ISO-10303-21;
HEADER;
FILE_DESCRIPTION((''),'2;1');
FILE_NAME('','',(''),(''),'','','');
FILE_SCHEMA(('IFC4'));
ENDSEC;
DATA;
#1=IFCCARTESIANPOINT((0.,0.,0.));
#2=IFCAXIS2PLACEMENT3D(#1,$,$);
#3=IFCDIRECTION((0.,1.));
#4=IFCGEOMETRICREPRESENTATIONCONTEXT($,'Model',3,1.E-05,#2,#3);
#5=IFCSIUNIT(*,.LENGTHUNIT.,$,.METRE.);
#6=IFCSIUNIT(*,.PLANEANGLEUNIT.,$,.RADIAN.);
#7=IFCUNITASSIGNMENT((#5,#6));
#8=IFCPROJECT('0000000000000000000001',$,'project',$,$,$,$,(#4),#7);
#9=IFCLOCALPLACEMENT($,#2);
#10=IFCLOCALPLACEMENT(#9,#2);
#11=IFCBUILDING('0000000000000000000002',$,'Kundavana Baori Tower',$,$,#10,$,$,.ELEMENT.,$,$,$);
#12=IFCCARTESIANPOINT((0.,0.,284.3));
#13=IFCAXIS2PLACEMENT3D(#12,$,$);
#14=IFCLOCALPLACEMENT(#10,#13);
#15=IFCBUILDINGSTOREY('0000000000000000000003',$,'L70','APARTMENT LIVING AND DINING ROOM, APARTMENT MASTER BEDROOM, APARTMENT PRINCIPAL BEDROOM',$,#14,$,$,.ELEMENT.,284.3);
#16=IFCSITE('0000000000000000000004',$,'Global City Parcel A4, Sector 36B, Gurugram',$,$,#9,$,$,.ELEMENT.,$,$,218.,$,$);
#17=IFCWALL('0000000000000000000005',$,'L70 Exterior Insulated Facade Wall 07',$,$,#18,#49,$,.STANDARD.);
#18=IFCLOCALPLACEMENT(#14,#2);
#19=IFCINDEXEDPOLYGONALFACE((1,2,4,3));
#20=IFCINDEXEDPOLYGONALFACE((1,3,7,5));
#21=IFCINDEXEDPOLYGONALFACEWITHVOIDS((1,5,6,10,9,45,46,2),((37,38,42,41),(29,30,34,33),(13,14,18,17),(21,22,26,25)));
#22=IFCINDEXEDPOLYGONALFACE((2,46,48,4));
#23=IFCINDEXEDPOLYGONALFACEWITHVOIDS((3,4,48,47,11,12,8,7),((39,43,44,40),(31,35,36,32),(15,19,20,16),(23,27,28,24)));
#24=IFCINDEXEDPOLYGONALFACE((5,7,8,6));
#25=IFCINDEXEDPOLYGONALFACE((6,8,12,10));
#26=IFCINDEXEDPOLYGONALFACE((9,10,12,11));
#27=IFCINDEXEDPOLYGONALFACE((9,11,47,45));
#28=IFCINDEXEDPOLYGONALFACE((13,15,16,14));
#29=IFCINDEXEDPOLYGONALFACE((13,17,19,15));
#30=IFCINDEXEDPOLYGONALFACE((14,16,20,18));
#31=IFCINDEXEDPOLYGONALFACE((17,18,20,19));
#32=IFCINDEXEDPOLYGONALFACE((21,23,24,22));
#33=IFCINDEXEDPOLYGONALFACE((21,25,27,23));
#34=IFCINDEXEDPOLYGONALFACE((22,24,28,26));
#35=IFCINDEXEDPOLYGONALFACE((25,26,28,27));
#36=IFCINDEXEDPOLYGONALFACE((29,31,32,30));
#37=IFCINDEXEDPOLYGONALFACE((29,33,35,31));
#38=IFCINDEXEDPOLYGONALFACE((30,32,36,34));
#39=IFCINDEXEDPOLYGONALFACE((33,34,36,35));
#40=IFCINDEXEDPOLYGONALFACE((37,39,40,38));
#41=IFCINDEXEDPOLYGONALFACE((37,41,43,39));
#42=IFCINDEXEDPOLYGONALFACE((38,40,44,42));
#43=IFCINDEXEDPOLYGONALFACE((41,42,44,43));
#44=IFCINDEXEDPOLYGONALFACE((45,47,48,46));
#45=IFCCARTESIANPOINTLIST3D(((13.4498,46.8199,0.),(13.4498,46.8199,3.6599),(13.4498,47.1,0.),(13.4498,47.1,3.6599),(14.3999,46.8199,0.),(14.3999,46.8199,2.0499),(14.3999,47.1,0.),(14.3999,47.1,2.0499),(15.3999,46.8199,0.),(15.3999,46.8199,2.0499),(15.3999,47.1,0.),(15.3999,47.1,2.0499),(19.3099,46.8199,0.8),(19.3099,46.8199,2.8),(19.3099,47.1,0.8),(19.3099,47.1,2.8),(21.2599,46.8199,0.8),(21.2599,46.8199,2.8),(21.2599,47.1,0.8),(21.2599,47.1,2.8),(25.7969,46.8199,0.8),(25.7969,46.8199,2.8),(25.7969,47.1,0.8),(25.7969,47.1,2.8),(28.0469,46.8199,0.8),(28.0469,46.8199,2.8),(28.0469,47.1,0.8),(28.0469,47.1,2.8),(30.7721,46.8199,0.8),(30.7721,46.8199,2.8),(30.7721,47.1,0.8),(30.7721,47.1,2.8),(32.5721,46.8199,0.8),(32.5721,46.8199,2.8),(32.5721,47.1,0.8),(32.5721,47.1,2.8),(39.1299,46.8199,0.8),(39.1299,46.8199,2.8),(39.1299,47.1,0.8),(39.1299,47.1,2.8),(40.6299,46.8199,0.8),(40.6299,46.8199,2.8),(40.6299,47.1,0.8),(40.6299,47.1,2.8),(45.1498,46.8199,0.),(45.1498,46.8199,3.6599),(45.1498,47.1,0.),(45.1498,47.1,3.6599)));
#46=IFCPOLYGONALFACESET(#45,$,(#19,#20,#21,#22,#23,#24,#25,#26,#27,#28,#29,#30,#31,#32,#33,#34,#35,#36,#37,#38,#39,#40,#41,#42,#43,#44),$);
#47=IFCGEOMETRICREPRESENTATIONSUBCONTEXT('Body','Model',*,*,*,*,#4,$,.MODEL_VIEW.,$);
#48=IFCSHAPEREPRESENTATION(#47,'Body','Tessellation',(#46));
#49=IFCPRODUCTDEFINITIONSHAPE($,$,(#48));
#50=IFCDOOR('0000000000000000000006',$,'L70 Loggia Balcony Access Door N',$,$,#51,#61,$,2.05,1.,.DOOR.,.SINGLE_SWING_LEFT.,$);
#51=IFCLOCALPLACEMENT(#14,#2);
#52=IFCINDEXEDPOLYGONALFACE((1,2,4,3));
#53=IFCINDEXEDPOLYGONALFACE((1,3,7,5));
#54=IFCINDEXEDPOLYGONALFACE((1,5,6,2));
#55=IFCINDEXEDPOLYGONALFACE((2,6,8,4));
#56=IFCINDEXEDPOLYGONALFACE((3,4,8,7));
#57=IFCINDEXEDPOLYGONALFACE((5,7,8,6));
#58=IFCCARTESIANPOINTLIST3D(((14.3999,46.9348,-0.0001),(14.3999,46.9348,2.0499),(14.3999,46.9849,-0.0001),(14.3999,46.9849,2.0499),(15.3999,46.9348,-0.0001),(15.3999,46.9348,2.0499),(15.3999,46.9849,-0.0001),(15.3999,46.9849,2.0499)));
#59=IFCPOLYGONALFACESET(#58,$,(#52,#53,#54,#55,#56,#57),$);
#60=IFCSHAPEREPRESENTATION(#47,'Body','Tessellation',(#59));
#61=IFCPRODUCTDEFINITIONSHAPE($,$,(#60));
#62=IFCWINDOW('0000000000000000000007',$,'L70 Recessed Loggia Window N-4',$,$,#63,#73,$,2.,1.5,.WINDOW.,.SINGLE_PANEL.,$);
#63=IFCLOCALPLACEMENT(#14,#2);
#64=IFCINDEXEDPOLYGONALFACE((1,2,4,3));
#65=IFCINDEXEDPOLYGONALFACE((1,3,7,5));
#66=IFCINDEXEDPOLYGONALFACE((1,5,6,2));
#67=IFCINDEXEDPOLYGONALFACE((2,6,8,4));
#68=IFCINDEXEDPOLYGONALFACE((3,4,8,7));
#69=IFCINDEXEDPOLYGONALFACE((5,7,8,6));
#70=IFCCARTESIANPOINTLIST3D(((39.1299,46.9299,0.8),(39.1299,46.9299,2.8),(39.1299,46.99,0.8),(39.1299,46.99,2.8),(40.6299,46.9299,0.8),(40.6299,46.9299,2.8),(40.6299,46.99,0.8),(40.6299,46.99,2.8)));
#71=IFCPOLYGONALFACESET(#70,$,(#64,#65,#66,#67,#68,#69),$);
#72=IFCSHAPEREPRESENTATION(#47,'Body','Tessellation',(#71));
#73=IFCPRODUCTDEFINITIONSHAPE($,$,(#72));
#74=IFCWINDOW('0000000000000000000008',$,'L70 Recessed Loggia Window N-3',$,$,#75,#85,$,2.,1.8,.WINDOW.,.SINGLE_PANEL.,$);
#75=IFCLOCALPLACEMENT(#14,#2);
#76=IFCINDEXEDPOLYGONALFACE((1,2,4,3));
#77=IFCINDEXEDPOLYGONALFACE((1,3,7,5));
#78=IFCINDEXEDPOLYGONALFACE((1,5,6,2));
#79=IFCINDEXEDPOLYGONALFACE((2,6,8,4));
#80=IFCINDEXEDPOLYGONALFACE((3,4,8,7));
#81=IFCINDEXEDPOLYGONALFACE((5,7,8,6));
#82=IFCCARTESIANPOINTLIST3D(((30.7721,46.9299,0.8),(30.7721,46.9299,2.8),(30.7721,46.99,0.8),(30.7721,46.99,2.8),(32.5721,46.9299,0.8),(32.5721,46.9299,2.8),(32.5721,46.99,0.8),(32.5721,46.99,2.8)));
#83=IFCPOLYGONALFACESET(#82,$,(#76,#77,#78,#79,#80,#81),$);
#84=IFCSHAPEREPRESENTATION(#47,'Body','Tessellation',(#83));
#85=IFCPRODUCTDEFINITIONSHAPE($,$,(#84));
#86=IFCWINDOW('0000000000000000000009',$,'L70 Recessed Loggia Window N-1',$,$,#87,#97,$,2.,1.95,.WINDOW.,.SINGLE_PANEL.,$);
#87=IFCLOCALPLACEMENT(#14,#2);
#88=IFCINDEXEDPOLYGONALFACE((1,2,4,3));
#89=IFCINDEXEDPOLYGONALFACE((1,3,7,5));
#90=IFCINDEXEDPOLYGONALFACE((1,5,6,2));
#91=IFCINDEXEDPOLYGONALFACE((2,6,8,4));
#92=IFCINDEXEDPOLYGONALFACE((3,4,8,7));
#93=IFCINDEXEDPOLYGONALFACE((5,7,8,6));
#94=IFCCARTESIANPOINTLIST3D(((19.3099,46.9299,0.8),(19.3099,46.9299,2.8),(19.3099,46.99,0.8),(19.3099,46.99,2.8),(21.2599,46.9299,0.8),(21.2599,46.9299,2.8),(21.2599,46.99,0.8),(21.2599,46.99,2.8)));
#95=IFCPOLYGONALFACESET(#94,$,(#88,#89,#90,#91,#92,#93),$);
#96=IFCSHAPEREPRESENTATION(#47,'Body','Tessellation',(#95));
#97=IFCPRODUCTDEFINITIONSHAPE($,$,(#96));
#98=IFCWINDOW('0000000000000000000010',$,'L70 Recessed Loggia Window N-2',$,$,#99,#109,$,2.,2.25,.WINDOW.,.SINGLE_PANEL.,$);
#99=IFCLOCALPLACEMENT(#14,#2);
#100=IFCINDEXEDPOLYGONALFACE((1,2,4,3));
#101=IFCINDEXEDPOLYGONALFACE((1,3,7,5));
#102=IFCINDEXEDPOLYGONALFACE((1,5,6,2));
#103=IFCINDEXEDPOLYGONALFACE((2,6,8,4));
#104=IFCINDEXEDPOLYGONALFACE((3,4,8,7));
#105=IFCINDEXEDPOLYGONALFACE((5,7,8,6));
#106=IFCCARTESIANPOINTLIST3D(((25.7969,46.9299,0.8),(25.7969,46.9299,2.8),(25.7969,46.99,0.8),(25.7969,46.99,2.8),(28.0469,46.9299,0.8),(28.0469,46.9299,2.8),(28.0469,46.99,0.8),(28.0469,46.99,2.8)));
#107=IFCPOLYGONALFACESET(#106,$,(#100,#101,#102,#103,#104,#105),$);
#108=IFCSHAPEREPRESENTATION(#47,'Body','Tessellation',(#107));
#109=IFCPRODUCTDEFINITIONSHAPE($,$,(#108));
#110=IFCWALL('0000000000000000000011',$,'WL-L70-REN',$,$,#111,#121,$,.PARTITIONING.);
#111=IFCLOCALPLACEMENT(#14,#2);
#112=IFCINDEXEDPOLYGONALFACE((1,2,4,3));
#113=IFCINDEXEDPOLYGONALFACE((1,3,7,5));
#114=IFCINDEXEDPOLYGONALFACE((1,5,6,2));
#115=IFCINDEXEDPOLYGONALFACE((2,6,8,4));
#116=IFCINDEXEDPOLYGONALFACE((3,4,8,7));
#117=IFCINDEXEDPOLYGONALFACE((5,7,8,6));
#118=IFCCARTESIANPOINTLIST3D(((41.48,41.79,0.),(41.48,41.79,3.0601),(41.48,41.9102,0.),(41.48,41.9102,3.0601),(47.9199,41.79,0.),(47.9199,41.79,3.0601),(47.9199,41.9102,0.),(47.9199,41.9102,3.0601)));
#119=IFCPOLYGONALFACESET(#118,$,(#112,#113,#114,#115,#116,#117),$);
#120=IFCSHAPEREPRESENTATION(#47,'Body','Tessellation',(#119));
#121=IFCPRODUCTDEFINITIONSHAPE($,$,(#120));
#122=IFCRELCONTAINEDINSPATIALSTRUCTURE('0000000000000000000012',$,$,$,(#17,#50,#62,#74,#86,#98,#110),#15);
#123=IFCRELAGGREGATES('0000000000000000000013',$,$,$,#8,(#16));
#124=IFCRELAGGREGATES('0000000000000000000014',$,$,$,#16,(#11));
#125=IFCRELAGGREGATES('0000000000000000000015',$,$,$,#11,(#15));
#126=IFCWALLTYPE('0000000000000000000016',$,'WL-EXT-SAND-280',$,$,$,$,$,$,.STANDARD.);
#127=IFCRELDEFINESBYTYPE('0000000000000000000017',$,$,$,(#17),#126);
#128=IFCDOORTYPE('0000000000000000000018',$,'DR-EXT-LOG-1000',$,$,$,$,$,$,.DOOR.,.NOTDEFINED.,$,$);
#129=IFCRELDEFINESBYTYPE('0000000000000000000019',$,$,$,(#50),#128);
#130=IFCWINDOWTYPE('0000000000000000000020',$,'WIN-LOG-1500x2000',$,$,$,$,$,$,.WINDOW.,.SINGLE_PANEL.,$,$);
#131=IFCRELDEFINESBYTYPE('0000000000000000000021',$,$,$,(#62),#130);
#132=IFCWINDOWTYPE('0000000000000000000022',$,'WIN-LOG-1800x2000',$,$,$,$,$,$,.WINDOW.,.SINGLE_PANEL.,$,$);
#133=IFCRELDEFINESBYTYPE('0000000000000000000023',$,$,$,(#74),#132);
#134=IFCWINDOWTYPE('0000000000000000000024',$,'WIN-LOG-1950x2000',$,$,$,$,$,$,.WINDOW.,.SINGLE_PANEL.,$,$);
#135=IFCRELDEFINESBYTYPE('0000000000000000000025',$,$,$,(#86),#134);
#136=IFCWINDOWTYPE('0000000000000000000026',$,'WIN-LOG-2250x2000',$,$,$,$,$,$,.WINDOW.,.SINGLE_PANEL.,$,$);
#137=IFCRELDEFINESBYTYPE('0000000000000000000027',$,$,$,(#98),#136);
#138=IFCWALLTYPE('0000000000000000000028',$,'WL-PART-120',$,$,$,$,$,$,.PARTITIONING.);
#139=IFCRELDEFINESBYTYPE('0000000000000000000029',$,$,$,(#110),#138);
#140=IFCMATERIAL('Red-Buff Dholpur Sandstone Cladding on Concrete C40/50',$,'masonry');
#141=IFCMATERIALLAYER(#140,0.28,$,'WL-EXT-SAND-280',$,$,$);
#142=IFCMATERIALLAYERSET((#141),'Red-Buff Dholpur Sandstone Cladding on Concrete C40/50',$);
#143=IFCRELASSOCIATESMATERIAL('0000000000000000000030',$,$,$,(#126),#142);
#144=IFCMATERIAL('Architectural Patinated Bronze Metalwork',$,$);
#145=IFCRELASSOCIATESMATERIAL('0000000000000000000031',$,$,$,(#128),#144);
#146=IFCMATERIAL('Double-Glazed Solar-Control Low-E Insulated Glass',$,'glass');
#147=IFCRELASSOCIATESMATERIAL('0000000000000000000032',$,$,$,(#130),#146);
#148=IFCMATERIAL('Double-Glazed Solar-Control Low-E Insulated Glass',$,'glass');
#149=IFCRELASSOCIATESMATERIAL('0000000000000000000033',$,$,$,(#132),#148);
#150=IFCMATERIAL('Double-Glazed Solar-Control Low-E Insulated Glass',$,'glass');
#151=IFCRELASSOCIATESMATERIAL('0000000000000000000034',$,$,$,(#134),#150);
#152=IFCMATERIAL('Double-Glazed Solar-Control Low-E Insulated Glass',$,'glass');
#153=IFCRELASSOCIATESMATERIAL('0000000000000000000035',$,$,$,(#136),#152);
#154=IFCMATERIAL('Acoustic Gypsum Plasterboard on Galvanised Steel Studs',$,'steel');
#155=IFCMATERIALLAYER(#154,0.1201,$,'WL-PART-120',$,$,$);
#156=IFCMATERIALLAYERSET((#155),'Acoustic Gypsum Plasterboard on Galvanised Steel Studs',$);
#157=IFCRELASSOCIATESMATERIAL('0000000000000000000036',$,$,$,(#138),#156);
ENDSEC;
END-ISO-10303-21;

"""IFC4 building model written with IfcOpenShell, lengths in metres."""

from ifc_helpers import new_model, si_unit, direction, frame, frame_2d, origin, place, context, subcontext, project, spatial, rectangle, extrude, material, layer, layer_set, type_object, element, fill, save


model = new_model("IFC4")

# Units and contexts
model_context = context("Model", 3, precision=1e-05, world=origin(), true_north=direction((0.0, 1.0)))
body_context = subcontext(model_context, "Body", "Model", "MODEL_VIEW")
ifc_project = project(units=[si_unit("LENGTHUNIT", "METRE"), si_unit("PLANEANGLEUNIT", "RADIAN")], contexts=[model_context])

# Site, building, storey
site_placement = place(None, origin())
site = spatial("IfcSite", under=ifc_project, at=site_placement, Name="Global City Parcel A4, Sector 36B, Gurugram", CompositionType="ELEMENT", RefElevation=218.0)
building_placement = place(site_placement, origin())
building = spatial("IfcBuilding", under=site, at=building_placement, Name="Kundavana Baori Tower", CompositionType="ELEMENT")
storey_placement = place(building_placement, frame((0.0, 0.0, 284.3)))
storey = spatial("IfcBuildingStorey", under=building, at=storey_placement, Name="L70", Description="APARTMENT LIVING AND DINING ROOM, APARTMENT MASTER BEDROOM, APARTMENT PRINCIPAL BEDROOM", CompositionType="ELEMENT", Elevation=284.3)

# Shared definitions
ifc_material_1 = material(Name="Red-Buff Dholpur Sandstone Cladding on Concrete C40/50", Category="masonry")
ifc_layer_1 = layer(ifc_material_1, 0.28, Name="WL-EXT-SAND-280")
ifc_layer_set_1 = layer_set([ifc_layer_1], Name="Red-Buff Dholpur Sandstone Cladding on Concrete C40/50")
wall_type_1 = type_object("IfcWallType", Name="WL-EXT-SAND-280", PredefinedType="STANDARD", material=ifc_layer_set_1)

# Wall, openings, door, windows
wall_1_placement = place(storey_placement, frame((45.1499, 46.96, 0.0), z_axis=(0.0, 0.0, 1.0), x_axis=(-1.0, 0.0, 0.0)))
wall_1 = element("IfcWall", 1, at=wall_1_placement, inside=storey, type_object=wall_type_1, Name="L70 Exterior Insulated Facade Wall 07", PredefinedType="STANDARD", context=body_context, shape_type="SweptSolid", body=[
    extrude(rectangle(XDim=31.7, YDim=0.28, at=frame_2d((15.8501, 0.0))), origin(), (0.0, 0.0, 1.0), 3.6599),
])
opening_1_placement = place(wall_1_placement, frame((29.75, 0.0, 0.0)))
opening_1 = element("IfcOpeningElement", 2, at=opening_1_placement, cuts=wall_1, PredefinedType="OPENING", context=body_context, shape_type="SweptSolid", body=[
    extrude(rectangle(XDim=1.0, YDim=2.05, at=frame_2d((0.5, 1.0249))), frame((0.0, 0.1499, 0.0), z_axis=(0.0, -1.0, 0.0), x_axis=(1.0, 0.0, 0.0)), (0.0, 0.0, 1.0), 0.3),
])
opening_2_placement = place(wall_1_placement, frame((23.8899, 0.0, 0.8)))
opening_2 = element("IfcOpeningElement", 3, at=opening_2_placement, cuts=wall_1, PredefinedType="OPENING", context=body_context, shape_type="SweptSolid", body=[
    extrude(rectangle(XDim=1.95, YDim=2.0, at=frame_2d((0.9751, 1.0))), frame((0.0, 0.1499, 0.0), z_axis=(0.0, -1.0, 0.0), x_axis=(1.0, 0.0, 0.0)), (0.0, 0.0, 1.0), 0.3),
])
opening_3_placement = place(wall_1_placement, frame((17.103, 0.0, 0.8)))
opening_3 = element("IfcOpeningElement", 4, at=opening_3_placement, cuts=wall_1, PredefinedType="OPENING", context=body_context, shape_type="SweptSolid", body=[
    extrude(rectangle(XDim=2.25, YDim=2.0, at=frame_2d((1.125, 1.0))), frame((0.0, 0.1499, 0.0), z_axis=(0.0, -1.0, 0.0), x_axis=(1.0, 0.0, 0.0)), (0.0, 0.0, 1.0), 0.3),
])
opening_4_placement = place(wall_1_placement, frame((12.5779, 0.0, 0.8)))
opening_4 = element("IfcOpeningElement", 5, at=opening_4_placement, cuts=wall_1, PredefinedType="OPENING", context=body_context, shape_type="SweptSolid", body=[
    extrude(rectangle(XDim=1.8, YDim=2.0, at=frame_2d((0.8999, 1.0))), frame((0.0, 0.1499, 0.0), z_axis=(0.0, -1.0, 0.0), x_axis=(1.0, 0.0, 0.0)), (0.0, 0.0, 1.0), 0.3),
])
opening_5_placement = place(wall_1_placement, frame((4.52, 0.0, 0.8)))
opening_5 = element("IfcOpeningElement", 6, at=opening_5_placement, cuts=wall_1, PredefinedType="OPENING", context=body_context, shape_type="SweptSolid", body=[
    extrude(rectangle(XDim=1.5, YDim=2.0, at=frame_2d((0.75, 1.0))), frame((0.0, 0.1499, 0.0), z_axis=(0.0, -1.0, 0.0), x_axis=(1.0, 0.0, 0.0)), (0.0, 0.0, 1.0), 0.3),
])
ifc_material_2 = material(Name="Architectural Patinated Bronze Metalwork")
door_type_1 = type_object("IfcDoorType", Name="DR-EXT-LOG-1000", OperationType="NOTDEFINED", PredefinedType="DOOR", material=ifc_material_2)
door_1_placement = place(opening_1_placement, frame((1.0, 0.0, 0.0), z_axis=(0.0, 0.0, 1.0), x_axis=(-1.0, 0.0, 0.0)))
door_1 = element("IfcDoor", 7, at=door_1_placement, inside=storey, type_object=door_type_1, Name="L70 Loggia Balcony Access Door N", OperationType="SINGLE_SWING_LEFT", OverallHeight=2.05, OverallWidth=1.0, PredefinedType="DOOR", context=body_context, shape_type="SweptSolid", body=[
    extrude(rectangle(XDim=1.0, YDim=2.05, at=frame_2d((0.5, 1.0249))), frame((0.0, 0.0249, 0.0), z_axis=(0.0, -1.0, 0.0), x_axis=(1.0, 0.0, 0.0)), (0.0, 0.0, 1.0), 0.05),
])
fill(opening_1, door_1)
ifc_material_3 = material(Name="Double-Glazed Solar-Control Low-E Insulated Glass", Category="glass")
window_type_1 = type_object("IfcWindowType", Name="WIN-LOG-1500x2000", PartitioningType="SINGLE_PANEL", PredefinedType="WINDOW", material=ifc_material_3)
window_1_placement = place(opening_5_placement, origin())
window_1 = element("IfcWindow", 8, at=window_1_placement, inside=storey, type_object=window_type_1, Name="L70 Recessed Loggia Window N-4", OverallHeight=2.0, OverallWidth=1.5, PartitioningType="SINGLE_PANEL", PredefinedType="WINDOW", context=body_context, shape_type="SweptSolid", body=[
    extrude(rectangle(XDim=1.5, YDim=2.0, at=frame_2d((0.75, 1.0))), frame((0.0, 0.03, 0.0), z_axis=(0.0, -1.0, 0.0), x_axis=(1.0, 0.0, 0.0)), (0.0, 0.0, 1.0), 0.0601),
])
fill(opening_5, window_1)
ifc_material_4 = material(Name="Double-Glazed Solar-Control Low-E Insulated Glass", Category="glass")
window_type_2 = type_object("IfcWindowType", Name="WIN-LOG-1800x2000", PartitioningType="SINGLE_PANEL", PredefinedType="WINDOW", material=ifc_material_4)
window_2_placement = place(opening_4_placement, origin())
window_2 = element("IfcWindow", 9, at=window_2_placement, inside=storey, type_object=window_type_2, Name="L70 Recessed Loggia Window N-3", OverallHeight=2.0, OverallWidth=1.8, PartitioningType="SINGLE_PANEL", PredefinedType="WINDOW", context=body_context, shape_type="SweptSolid", body=[
    extrude(rectangle(XDim=1.8, YDim=2.0, at=frame_2d((0.8999, 1.0))), frame((0.0, 0.03, 0.0), z_axis=(0.0, -1.0, 0.0), x_axis=(1.0, 0.0, 0.0)), (0.0, 0.0, 1.0), 0.0601),
])
fill(opening_4, window_2)
ifc_material_5 = material(Name="Double-Glazed Solar-Control Low-E Insulated Glass", Category="glass")
window_type_3 = type_object("IfcWindowType", Name="WIN-LOG-1950x2000", PartitioningType="SINGLE_PANEL", PredefinedType="WINDOW", material=ifc_material_5)
window_3_placement = place(opening_2_placement, origin())
window_3 = element("IfcWindow", 10, at=window_3_placement, inside=storey, type_object=window_type_3, Name="L70 Recessed Loggia Window N-1", OverallHeight=2.0, OverallWidth=1.95, PartitioningType="SINGLE_PANEL", PredefinedType="WINDOW", context=body_context, shape_type="SweptSolid", body=[
    extrude(rectangle(XDim=1.95, YDim=2.0, at=frame_2d((0.9751, 1.0))), frame((0.0, 0.03, 0.0), z_axis=(0.0, -1.0, 0.0), x_axis=(1.0, 0.0, 0.0)), (0.0, 0.0, 1.0), 0.0601),
])
fill(opening_2, window_3)
ifc_material_6 = material(Name="Double-Glazed Solar-Control Low-E Insulated Glass", Category="glass")
window_type_4 = type_object("IfcWindowType", Name="WIN-LOG-2250x2000", PartitioningType="SINGLE_PANEL", PredefinedType="WINDOW", material=ifc_material_6)
window_4_placement = place(opening_3_placement, origin())
window_4 = element("IfcWindow", 11, at=window_4_placement, inside=storey, type_object=window_type_4, Name="L70 Recessed Loggia Window N-2", OverallHeight=2.0, OverallWidth=2.25, PartitioningType="SINGLE_PANEL", PredefinedType="WINDOW", context=body_context, shape_type="SweptSolid", body=[
    extrude(rectangle(XDim=2.25, YDim=2.0, at=frame_2d((1.125, 1.0))), frame((0.0, 0.03, 0.0), z_axis=(0.0, -1.0, 0.0), x_axis=(1.0, 0.0, 0.0)), (0.0, 0.0, 1.0), 0.0601),
])
fill(opening_3, window_4)

# Wall
ifc_material_7 = material(Name="Acoustic Gypsum Plasterboard on Galvanised Steel Studs", Category="steel")
ifc_layer_2 = layer(ifc_material_7, 0.1201, Name="WL-PART-120")
ifc_layer_set_2 = layer_set([ifc_layer_2], Name="Acoustic Gypsum Plasterboard on Galvanised Steel Studs")
wall_type_2 = type_object("IfcWallType", Name="WL-PART-120", PredefinedType="PARTITIONING", material=ifc_layer_set_2)
wall_2_placement = place(storey_placement, frame((41.48, 41.8501, 0.0), z_axis=(0.0, 0.0, 1.0), x_axis=(1.0, 0.0, 0.0)))
element("IfcWall", 12, at=wall_2_placement, inside=storey, type_object=wall_type_2, Name="WL-L70-REN", PredefinedType="PARTITIONING", context=body_context, shape_type="SweptSolid", body=[
    extrude(rectangle(XDim=6.4399, YDim=0.1201, at=frame_2d((3.22, 0.0))), origin(), (0.0, 0.0, 1.0), 3.0601),
])

save(model, "model.ifc")
